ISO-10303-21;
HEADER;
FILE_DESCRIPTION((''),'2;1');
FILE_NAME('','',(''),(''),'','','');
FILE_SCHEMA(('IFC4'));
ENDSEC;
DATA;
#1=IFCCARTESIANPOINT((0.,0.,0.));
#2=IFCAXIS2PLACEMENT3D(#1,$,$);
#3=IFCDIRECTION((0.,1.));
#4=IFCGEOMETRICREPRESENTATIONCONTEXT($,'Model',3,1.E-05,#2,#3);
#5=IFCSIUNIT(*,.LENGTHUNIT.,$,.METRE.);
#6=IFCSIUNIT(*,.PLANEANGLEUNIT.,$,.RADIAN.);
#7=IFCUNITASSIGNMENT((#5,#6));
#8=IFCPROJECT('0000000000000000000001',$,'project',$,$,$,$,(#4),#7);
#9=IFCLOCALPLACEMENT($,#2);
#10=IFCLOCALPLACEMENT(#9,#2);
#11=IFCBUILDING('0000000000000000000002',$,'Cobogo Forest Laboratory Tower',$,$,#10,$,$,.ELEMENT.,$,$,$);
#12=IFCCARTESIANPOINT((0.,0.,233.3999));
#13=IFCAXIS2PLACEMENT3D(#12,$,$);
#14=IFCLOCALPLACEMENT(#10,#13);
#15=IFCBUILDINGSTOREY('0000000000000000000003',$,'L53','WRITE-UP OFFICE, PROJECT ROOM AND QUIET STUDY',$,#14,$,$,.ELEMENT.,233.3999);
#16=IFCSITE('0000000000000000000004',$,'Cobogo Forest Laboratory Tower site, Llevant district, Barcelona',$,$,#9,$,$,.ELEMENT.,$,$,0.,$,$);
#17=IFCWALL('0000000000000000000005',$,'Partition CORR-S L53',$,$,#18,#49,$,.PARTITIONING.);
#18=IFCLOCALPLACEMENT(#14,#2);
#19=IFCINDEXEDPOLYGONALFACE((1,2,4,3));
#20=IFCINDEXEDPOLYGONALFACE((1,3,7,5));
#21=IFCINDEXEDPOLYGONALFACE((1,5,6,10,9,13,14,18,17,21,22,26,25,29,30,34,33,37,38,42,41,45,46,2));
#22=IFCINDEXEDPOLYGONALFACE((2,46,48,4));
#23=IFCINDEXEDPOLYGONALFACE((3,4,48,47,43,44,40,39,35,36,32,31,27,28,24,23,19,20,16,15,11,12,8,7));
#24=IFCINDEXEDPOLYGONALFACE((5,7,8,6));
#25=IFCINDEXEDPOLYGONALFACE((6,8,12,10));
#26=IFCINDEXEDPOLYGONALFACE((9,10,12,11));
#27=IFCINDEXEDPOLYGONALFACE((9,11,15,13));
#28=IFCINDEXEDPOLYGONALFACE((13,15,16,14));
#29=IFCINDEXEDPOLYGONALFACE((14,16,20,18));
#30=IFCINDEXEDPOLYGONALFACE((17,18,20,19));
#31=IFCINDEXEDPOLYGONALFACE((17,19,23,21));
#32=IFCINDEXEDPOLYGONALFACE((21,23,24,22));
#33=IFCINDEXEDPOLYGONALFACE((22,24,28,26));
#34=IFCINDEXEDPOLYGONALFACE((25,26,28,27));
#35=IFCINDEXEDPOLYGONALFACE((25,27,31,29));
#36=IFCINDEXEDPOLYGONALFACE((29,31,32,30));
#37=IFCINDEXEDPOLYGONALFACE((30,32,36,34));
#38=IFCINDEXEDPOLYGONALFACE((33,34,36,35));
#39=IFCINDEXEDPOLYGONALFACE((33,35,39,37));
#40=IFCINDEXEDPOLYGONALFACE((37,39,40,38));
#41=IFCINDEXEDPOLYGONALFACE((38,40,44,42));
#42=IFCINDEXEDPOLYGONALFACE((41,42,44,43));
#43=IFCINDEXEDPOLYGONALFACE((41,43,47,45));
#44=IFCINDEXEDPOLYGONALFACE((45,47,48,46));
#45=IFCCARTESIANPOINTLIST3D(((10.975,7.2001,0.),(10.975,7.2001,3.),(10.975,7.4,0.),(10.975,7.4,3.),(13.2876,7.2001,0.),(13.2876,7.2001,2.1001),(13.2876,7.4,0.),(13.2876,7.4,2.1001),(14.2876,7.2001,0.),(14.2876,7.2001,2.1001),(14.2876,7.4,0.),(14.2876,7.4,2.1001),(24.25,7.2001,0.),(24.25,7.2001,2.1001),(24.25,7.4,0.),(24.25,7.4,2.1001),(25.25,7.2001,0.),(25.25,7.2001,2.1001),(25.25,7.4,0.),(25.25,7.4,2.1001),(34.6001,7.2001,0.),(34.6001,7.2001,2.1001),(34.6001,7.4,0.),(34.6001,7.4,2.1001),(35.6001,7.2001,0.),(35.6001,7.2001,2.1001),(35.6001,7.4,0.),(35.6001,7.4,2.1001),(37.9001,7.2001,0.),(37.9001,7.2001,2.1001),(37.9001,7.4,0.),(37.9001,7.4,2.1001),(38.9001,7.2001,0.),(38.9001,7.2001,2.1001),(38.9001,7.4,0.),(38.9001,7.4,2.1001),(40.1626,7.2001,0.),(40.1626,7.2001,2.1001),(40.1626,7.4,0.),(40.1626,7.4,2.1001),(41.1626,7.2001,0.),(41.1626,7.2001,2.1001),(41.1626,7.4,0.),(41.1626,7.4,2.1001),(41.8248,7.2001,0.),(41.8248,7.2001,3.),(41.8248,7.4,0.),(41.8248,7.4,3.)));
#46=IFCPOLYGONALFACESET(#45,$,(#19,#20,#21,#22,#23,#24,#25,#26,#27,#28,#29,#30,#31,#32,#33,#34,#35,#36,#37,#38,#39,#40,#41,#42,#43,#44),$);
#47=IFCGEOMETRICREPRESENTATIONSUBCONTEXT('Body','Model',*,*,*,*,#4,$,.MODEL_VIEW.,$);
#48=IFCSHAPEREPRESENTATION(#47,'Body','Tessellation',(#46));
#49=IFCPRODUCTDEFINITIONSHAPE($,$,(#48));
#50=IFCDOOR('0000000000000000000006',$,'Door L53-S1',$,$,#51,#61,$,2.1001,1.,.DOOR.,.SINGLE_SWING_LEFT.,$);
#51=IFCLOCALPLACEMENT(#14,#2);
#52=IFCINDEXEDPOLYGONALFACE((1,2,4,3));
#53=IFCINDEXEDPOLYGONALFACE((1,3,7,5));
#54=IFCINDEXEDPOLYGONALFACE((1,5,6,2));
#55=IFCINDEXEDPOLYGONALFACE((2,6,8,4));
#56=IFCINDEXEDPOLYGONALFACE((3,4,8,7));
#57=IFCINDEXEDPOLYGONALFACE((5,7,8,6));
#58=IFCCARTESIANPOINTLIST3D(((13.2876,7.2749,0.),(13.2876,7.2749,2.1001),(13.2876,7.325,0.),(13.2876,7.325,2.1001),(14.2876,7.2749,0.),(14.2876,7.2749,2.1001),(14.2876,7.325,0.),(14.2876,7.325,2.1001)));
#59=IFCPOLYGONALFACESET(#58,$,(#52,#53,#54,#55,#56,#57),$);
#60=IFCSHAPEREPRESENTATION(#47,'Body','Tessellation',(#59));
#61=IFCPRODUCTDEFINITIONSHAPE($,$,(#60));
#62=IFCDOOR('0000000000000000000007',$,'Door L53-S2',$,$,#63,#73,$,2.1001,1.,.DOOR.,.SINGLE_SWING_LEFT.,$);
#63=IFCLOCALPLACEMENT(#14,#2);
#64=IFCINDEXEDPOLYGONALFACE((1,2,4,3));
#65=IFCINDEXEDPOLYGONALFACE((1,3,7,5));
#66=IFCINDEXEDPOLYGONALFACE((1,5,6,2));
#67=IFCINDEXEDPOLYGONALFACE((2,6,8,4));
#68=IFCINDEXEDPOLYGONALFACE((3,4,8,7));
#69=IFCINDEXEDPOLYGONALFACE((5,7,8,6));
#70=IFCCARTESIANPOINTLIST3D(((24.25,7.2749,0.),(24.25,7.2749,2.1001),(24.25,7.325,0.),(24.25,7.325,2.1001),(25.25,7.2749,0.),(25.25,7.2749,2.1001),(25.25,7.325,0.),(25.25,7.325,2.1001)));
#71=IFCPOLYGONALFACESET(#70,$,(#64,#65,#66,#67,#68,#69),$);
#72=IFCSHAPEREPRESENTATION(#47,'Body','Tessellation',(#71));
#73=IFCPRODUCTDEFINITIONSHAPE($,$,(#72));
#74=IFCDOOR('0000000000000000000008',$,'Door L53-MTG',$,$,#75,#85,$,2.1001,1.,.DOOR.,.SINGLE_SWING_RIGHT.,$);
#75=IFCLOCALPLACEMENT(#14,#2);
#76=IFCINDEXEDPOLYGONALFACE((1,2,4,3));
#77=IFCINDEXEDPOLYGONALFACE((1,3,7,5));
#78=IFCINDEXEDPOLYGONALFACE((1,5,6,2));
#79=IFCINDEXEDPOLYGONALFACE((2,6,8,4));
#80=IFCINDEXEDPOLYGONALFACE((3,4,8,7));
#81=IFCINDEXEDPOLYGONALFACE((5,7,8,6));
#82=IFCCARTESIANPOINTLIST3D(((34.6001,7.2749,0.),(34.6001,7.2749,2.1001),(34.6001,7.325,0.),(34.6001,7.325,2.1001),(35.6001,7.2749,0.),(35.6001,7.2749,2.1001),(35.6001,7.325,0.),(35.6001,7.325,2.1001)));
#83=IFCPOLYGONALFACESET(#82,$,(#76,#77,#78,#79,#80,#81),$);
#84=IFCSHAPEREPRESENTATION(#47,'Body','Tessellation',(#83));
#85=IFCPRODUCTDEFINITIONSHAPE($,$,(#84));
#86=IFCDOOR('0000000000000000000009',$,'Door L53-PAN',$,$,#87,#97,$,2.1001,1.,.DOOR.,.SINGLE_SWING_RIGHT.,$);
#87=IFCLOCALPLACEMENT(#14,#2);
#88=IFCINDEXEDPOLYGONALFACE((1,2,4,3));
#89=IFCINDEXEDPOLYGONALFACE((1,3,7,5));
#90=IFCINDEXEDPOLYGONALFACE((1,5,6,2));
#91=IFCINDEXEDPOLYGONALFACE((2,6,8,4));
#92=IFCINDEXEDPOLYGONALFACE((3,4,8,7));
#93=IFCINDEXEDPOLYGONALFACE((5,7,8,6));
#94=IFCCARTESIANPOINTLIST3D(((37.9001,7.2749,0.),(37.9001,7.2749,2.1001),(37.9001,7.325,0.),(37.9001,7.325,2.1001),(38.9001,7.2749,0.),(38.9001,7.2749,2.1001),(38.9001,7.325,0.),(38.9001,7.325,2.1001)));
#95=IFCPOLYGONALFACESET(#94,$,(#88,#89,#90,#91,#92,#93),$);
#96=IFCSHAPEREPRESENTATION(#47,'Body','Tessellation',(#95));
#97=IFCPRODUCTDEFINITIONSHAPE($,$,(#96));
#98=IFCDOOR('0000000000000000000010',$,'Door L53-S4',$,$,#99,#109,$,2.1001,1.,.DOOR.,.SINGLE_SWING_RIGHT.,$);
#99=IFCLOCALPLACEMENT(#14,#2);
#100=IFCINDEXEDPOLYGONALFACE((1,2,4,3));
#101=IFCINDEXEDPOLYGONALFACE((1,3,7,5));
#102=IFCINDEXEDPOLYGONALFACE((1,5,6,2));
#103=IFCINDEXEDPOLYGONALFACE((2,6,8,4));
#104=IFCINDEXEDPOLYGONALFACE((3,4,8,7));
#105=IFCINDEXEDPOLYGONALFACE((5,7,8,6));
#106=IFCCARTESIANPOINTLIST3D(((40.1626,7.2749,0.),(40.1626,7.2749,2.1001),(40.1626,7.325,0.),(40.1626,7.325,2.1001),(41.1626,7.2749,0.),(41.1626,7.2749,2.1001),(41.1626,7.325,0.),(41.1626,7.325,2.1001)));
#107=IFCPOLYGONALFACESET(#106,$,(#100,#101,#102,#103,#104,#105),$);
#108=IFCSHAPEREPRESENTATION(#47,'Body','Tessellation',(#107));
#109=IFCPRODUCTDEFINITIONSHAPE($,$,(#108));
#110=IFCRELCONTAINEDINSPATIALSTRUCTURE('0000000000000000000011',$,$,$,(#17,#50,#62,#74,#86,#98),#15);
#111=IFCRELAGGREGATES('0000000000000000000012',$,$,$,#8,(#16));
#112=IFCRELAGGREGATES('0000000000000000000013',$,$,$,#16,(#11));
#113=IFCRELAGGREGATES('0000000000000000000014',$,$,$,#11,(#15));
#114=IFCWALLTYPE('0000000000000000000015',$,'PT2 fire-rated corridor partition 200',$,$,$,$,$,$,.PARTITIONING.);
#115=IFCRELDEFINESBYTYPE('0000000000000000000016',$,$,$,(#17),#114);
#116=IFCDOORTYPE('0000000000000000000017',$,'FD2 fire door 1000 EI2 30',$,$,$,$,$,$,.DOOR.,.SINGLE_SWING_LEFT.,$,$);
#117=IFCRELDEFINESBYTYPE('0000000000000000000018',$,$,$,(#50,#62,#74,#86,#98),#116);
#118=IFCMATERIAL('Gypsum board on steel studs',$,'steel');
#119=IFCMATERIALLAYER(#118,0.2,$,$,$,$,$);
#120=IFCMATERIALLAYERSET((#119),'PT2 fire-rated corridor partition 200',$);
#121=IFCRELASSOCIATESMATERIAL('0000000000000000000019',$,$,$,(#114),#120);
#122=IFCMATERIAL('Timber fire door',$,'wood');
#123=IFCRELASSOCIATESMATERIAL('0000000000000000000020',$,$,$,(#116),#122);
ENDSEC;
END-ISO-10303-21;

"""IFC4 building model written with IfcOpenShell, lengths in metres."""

from ifc_helpers import new_model, si_unit, direction, frame, frame_2d, origin, place, context, subcontext, project, spatial, rectangle, extrude, material, layer, layer_set, type_object, element, fill, save


model = new_model("IFC4")

# Units and contexts
model_context = context("Model", 3, precision=1e-05, world=origin(), true_north=direction((0.0, 1.0)))
body_context = subcontext(model_context, "Body", "Model", "MODEL_VIEW")
ifc_project = project(units=[si_unit("LENGTHUNIT", "METRE"), si_unit("PLANEANGLEUNIT", "RADIAN")], contexts=[model_context])

# Site, building, storey
site_placement = place(None, origin())
site = spatial("IfcSite", under=ifc_project, at=site_placement, Name="Cobogo Forest Laboratory Tower site, Llevant district, Barcelona", CompositionType="ELEMENT", RefElevation=0.0)
building_placement = place(site_placement, origin())
building = spatial("IfcBuilding", under=site, at=building_placement, Name="Cobogo Forest Laboratory Tower", CompositionType="ELEMENT")
storey_placement = place(building_placement, frame((0.0, 0.0, 233.3999)))
storey = spatial("IfcBuildingStorey", under=building, at=storey_placement, Name="L53", Description="WRITE-UP OFFICE, PROJECT ROOM AND QUIET STUDY", CompositionType="ELEMENT", Elevation=233.3999)

# Shared definitions
ifc_material_1 = material(Name="Gypsum board on steel studs", Category="steel")

# Wall, openings, doors
ifc_layer_1 = layer(ifc_material_1, 0.2)
ifc_layer_set_1 = layer_set([ifc_layer_1], Name="PT2 fire-rated corridor partition 200")
wall_type_1 = type_object("IfcWallType", Name="PT2 fire-rated corridor partition 200", PredefinedType="PARTITIONING", material=ifc_layer_set_1)
wall_1_placement = place(storey_placement, frame((10.9751, 7.3, 0.0), z_axis=(0.0, 0.0, 1.0), x_axis=(1.0, 0.0, 0.0)))
wall_1 = element("IfcWall", 1, at=wall_1_placement, inside=storey, type_object=wall_type_1, Name="Partition CORR-S L53", PredefinedType="PARTITIONING", context=body_context, shape_type="SweptSolid", body=[
    extrude(rectangle(XDim=30.8499, YDim=0.2, at=frame_2d((15.4248, 0.0))), origin(), (0.0, 0.0, 1.0), 3.0),
])
opening_1_placement = place(wall_1_placement, frame((2.3125, 0.0, 0.0)))
opening_1 = element("IfcOpeningElement", 2, at=opening_1_placement, cuts=wall_1, PredefinedType="OPENING", context=body_context, shape_type="SweptSolid", body=[
    extrude(rectangle(XDim=1.0, YDim=2.1001, at=frame_2d((0.5, 1.05))), frame((0.0, 0.1099, 0.0), z_axis=(0.0, -1.0, 0.0), x_axis=(1.0, 0.0, 0.0)), (0.0, 0.0, 1.0), 0.22),
])
opening_2_placement = place(wall_1_placement, frame((13.2749, 0.0, 0.0)))
opening_2 = element("IfcOpeningElement", 3, at=opening_2_placement, cuts=wall_1, PredefinedType="OPENING", context=body_context, shape_type="SweptSolid", body=[
    extrude(rectangle(XDim=1.0, YDim=2.1001, at=frame_2d((0.5, 1.05))), frame((0.0, 0.1099, 0.0), z_axis=(0.0, -1.0, 0.0), x_axis=(1.0, 0.0, 0.0)), (0.0, 0.0, 1.0), 0.22),
])
opening_3_placement = place(wall_1_placement, frame((23.625, 0.0, 0.0)))
opening_3 = element("IfcOpeningElement", 4, at=opening_3_placement, cuts=wall_1, PredefinedType="OPENING", context=body_context, shape_type="SweptSolid", body=[
    extrude(rectangle(XDim=1.0, YDim=2.1001, at=frame_2d((0.5, 1.05))), frame((0.0, 0.1099, 0.0), z_axis=(0.0, -1.0, 0.0), x_axis=(1.0, 0.0, 0.0)), (0.0, 0.0, 1.0), 0.22),
])
opening_4_placement = place(wall_1_placement, frame((26.925, 0.0, 0.0)))
opening_4 = element("IfcOpeningElement", 5, at=opening_4_placement, cuts=wall_1, PredefinedType="OPENING", context=body_context, shape_type="SweptSolid", body=[
    extrude(rectangle(XDim=1.0, YDim=2.1001, at=frame_2d((0.5, 1.05))), frame((0.0, 0.1099, 0.0), z_axis=(0.0, -1.0, 0.0), x_axis=(1.0, 0.0, 0.0)), (0.0, 0.0, 1.0), 0.22),
])
opening_5_placement = place(wall_1_placement, frame((29.1875, 0.0, 0.0)))
opening_5 = element("IfcOpeningElement", 6, at=opening_5_placement, cuts=wall_1, PredefinedType="OPENING", context=body_context, shape_type="SweptSolid", body=[
    extrude(rectangle(XDim=1.0, YDim=2.1001, at=frame_2d((0.5, 1.05))), frame((0.0, 0.1099, 0.0), z_axis=(0.0, -1.0, 0.0), x_axis=(1.0, 0.0, 0.0)), (0.0, 0.0, 1.0), 0.22),
])
ifc_material_2 = material(Name="Timber fire door", Category="wood")
door_type_1 = type_object("IfcDoorType", Name="FD2 fire door 1000 EI2 30", OperationType="SINGLE_SWING_LEFT", PredefinedType="DOOR", material=ifc_material_2)
door_1_placement = place(opening_1_placement, origin())
door_1 = element("IfcDoor", 7, at=door_1_placement, inside=storey, type_object=door_type_1, Name="Door L53-S1", OperationType="SINGLE_SWING_LEFT", OverallHeight=2.1001, OverallWidth=1.0, PredefinedType="DOOR", context=body_context, shape_type="SweptSolid", body=[
    extrude(rectangle(XDim=1.0, YDim=2.1001, at=frame_2d((0.5, 1.05))), frame((0.0, 0.0249, 0.0), z_axis=(0.0, -1.0, 0.0), x_axis=(1.0, 0.0, 0.0)), (0.0, 0.0, 1.0), 0.05),
])
fill(opening_1, door_1)
door_2_placement = place(opening_2_placement, origin())
door_2 = element("IfcDoor", 8, at=door_2_placement, inside=storey, type_object=door_type_1, Name="Door L53-S2", OperationType="SINGLE_SWING_LEFT", OverallHeight=2.1001, OverallWidth=1.0, PredefinedType="DOOR", context=body_context, shape_type="SweptSolid", body=[
    extrude(rectangle(XDim=1.0, YDim=2.1001, at=frame_2d((0.5, 1.05))), frame((0.0, 0.0249, 0.0), z_axis=(0.0, -1.0, 0.0), x_axis=(1.0, 0.0, 0.0)), (0.0, 0.0, 1.0), 0.05),
])
fill(opening_2, door_2)
door_3_placement = place(opening_3_placement, origin())
door_3 = element("IfcDoor", 9, at=door_3_placement, inside=storey, type_object=door_type_1, Name="Door L53-MTG", OperationType="SINGLE_SWING_RIGHT", OverallHeight=2.1001, OverallWidth=1.0, PredefinedType="DOOR", context=body_context, shape_type="SweptSolid", body=[
    extrude(rectangle(XDim=1.0, YDim=2.1001, at=frame_2d((0.5, 1.05))), frame((0.0, 0.0249, 0.0), z_axis=(0.0, -1.0, 0.0), x_axis=(1.0, 0.0, 0.0)), (0.0, 0.0, 1.0), 0.05),
])
fill(opening_3, door_3)
door_4_placement = place(opening_4_placement, origin())
door_4 = element("IfcDoor", 10, at=door_4_placement, inside=storey, type_object=door_type_1, Name="Door L53-PAN", OperationType="SINGLE_SWING_RIGHT", OverallHeight=2.1001, OverallWidth=1.0, PredefinedType="DOOR", context=body_context, shape_type="SweptSolid", body=[
    extrude(rectangle(XDim=1.0, YDim=2.1001, at=frame_2d((0.5, 1.05))), frame((0.0, 0.0249, 0.0), z_axis=(0.0, -1.0, 0.0), x_axis=(1.0, 0.0, 0.0)), (0.0, 0.0, 1.0), 0.05),
])
fill(opening_4, door_4)
door_5_placement = place(opening_5_placement, origin())
door_5 = element("IfcDoor", 11, at=door_5_placement, inside=storey, type_object=door_type_1, Name="Door L53-S4", OperationType="SINGLE_SWING_RIGHT", OverallHeight=2.1001, OverallWidth=1.0, PredefinedType="DOOR", context=body_context, shape_type="SweptSolid", body=[
    extrude(rectangle(XDim=1.0, YDim=2.1001, at=frame_2d((0.5, 1.05))), frame((0.0, 0.0249, 0.0), z_axis=(0.0, -1.0, 0.0), x_axis=(1.0, 0.0, 0.0)), (0.0, 0.0, 1.0), 0.05),
])
fill(opening_5, door_5)

save(model, "model.ifc")
